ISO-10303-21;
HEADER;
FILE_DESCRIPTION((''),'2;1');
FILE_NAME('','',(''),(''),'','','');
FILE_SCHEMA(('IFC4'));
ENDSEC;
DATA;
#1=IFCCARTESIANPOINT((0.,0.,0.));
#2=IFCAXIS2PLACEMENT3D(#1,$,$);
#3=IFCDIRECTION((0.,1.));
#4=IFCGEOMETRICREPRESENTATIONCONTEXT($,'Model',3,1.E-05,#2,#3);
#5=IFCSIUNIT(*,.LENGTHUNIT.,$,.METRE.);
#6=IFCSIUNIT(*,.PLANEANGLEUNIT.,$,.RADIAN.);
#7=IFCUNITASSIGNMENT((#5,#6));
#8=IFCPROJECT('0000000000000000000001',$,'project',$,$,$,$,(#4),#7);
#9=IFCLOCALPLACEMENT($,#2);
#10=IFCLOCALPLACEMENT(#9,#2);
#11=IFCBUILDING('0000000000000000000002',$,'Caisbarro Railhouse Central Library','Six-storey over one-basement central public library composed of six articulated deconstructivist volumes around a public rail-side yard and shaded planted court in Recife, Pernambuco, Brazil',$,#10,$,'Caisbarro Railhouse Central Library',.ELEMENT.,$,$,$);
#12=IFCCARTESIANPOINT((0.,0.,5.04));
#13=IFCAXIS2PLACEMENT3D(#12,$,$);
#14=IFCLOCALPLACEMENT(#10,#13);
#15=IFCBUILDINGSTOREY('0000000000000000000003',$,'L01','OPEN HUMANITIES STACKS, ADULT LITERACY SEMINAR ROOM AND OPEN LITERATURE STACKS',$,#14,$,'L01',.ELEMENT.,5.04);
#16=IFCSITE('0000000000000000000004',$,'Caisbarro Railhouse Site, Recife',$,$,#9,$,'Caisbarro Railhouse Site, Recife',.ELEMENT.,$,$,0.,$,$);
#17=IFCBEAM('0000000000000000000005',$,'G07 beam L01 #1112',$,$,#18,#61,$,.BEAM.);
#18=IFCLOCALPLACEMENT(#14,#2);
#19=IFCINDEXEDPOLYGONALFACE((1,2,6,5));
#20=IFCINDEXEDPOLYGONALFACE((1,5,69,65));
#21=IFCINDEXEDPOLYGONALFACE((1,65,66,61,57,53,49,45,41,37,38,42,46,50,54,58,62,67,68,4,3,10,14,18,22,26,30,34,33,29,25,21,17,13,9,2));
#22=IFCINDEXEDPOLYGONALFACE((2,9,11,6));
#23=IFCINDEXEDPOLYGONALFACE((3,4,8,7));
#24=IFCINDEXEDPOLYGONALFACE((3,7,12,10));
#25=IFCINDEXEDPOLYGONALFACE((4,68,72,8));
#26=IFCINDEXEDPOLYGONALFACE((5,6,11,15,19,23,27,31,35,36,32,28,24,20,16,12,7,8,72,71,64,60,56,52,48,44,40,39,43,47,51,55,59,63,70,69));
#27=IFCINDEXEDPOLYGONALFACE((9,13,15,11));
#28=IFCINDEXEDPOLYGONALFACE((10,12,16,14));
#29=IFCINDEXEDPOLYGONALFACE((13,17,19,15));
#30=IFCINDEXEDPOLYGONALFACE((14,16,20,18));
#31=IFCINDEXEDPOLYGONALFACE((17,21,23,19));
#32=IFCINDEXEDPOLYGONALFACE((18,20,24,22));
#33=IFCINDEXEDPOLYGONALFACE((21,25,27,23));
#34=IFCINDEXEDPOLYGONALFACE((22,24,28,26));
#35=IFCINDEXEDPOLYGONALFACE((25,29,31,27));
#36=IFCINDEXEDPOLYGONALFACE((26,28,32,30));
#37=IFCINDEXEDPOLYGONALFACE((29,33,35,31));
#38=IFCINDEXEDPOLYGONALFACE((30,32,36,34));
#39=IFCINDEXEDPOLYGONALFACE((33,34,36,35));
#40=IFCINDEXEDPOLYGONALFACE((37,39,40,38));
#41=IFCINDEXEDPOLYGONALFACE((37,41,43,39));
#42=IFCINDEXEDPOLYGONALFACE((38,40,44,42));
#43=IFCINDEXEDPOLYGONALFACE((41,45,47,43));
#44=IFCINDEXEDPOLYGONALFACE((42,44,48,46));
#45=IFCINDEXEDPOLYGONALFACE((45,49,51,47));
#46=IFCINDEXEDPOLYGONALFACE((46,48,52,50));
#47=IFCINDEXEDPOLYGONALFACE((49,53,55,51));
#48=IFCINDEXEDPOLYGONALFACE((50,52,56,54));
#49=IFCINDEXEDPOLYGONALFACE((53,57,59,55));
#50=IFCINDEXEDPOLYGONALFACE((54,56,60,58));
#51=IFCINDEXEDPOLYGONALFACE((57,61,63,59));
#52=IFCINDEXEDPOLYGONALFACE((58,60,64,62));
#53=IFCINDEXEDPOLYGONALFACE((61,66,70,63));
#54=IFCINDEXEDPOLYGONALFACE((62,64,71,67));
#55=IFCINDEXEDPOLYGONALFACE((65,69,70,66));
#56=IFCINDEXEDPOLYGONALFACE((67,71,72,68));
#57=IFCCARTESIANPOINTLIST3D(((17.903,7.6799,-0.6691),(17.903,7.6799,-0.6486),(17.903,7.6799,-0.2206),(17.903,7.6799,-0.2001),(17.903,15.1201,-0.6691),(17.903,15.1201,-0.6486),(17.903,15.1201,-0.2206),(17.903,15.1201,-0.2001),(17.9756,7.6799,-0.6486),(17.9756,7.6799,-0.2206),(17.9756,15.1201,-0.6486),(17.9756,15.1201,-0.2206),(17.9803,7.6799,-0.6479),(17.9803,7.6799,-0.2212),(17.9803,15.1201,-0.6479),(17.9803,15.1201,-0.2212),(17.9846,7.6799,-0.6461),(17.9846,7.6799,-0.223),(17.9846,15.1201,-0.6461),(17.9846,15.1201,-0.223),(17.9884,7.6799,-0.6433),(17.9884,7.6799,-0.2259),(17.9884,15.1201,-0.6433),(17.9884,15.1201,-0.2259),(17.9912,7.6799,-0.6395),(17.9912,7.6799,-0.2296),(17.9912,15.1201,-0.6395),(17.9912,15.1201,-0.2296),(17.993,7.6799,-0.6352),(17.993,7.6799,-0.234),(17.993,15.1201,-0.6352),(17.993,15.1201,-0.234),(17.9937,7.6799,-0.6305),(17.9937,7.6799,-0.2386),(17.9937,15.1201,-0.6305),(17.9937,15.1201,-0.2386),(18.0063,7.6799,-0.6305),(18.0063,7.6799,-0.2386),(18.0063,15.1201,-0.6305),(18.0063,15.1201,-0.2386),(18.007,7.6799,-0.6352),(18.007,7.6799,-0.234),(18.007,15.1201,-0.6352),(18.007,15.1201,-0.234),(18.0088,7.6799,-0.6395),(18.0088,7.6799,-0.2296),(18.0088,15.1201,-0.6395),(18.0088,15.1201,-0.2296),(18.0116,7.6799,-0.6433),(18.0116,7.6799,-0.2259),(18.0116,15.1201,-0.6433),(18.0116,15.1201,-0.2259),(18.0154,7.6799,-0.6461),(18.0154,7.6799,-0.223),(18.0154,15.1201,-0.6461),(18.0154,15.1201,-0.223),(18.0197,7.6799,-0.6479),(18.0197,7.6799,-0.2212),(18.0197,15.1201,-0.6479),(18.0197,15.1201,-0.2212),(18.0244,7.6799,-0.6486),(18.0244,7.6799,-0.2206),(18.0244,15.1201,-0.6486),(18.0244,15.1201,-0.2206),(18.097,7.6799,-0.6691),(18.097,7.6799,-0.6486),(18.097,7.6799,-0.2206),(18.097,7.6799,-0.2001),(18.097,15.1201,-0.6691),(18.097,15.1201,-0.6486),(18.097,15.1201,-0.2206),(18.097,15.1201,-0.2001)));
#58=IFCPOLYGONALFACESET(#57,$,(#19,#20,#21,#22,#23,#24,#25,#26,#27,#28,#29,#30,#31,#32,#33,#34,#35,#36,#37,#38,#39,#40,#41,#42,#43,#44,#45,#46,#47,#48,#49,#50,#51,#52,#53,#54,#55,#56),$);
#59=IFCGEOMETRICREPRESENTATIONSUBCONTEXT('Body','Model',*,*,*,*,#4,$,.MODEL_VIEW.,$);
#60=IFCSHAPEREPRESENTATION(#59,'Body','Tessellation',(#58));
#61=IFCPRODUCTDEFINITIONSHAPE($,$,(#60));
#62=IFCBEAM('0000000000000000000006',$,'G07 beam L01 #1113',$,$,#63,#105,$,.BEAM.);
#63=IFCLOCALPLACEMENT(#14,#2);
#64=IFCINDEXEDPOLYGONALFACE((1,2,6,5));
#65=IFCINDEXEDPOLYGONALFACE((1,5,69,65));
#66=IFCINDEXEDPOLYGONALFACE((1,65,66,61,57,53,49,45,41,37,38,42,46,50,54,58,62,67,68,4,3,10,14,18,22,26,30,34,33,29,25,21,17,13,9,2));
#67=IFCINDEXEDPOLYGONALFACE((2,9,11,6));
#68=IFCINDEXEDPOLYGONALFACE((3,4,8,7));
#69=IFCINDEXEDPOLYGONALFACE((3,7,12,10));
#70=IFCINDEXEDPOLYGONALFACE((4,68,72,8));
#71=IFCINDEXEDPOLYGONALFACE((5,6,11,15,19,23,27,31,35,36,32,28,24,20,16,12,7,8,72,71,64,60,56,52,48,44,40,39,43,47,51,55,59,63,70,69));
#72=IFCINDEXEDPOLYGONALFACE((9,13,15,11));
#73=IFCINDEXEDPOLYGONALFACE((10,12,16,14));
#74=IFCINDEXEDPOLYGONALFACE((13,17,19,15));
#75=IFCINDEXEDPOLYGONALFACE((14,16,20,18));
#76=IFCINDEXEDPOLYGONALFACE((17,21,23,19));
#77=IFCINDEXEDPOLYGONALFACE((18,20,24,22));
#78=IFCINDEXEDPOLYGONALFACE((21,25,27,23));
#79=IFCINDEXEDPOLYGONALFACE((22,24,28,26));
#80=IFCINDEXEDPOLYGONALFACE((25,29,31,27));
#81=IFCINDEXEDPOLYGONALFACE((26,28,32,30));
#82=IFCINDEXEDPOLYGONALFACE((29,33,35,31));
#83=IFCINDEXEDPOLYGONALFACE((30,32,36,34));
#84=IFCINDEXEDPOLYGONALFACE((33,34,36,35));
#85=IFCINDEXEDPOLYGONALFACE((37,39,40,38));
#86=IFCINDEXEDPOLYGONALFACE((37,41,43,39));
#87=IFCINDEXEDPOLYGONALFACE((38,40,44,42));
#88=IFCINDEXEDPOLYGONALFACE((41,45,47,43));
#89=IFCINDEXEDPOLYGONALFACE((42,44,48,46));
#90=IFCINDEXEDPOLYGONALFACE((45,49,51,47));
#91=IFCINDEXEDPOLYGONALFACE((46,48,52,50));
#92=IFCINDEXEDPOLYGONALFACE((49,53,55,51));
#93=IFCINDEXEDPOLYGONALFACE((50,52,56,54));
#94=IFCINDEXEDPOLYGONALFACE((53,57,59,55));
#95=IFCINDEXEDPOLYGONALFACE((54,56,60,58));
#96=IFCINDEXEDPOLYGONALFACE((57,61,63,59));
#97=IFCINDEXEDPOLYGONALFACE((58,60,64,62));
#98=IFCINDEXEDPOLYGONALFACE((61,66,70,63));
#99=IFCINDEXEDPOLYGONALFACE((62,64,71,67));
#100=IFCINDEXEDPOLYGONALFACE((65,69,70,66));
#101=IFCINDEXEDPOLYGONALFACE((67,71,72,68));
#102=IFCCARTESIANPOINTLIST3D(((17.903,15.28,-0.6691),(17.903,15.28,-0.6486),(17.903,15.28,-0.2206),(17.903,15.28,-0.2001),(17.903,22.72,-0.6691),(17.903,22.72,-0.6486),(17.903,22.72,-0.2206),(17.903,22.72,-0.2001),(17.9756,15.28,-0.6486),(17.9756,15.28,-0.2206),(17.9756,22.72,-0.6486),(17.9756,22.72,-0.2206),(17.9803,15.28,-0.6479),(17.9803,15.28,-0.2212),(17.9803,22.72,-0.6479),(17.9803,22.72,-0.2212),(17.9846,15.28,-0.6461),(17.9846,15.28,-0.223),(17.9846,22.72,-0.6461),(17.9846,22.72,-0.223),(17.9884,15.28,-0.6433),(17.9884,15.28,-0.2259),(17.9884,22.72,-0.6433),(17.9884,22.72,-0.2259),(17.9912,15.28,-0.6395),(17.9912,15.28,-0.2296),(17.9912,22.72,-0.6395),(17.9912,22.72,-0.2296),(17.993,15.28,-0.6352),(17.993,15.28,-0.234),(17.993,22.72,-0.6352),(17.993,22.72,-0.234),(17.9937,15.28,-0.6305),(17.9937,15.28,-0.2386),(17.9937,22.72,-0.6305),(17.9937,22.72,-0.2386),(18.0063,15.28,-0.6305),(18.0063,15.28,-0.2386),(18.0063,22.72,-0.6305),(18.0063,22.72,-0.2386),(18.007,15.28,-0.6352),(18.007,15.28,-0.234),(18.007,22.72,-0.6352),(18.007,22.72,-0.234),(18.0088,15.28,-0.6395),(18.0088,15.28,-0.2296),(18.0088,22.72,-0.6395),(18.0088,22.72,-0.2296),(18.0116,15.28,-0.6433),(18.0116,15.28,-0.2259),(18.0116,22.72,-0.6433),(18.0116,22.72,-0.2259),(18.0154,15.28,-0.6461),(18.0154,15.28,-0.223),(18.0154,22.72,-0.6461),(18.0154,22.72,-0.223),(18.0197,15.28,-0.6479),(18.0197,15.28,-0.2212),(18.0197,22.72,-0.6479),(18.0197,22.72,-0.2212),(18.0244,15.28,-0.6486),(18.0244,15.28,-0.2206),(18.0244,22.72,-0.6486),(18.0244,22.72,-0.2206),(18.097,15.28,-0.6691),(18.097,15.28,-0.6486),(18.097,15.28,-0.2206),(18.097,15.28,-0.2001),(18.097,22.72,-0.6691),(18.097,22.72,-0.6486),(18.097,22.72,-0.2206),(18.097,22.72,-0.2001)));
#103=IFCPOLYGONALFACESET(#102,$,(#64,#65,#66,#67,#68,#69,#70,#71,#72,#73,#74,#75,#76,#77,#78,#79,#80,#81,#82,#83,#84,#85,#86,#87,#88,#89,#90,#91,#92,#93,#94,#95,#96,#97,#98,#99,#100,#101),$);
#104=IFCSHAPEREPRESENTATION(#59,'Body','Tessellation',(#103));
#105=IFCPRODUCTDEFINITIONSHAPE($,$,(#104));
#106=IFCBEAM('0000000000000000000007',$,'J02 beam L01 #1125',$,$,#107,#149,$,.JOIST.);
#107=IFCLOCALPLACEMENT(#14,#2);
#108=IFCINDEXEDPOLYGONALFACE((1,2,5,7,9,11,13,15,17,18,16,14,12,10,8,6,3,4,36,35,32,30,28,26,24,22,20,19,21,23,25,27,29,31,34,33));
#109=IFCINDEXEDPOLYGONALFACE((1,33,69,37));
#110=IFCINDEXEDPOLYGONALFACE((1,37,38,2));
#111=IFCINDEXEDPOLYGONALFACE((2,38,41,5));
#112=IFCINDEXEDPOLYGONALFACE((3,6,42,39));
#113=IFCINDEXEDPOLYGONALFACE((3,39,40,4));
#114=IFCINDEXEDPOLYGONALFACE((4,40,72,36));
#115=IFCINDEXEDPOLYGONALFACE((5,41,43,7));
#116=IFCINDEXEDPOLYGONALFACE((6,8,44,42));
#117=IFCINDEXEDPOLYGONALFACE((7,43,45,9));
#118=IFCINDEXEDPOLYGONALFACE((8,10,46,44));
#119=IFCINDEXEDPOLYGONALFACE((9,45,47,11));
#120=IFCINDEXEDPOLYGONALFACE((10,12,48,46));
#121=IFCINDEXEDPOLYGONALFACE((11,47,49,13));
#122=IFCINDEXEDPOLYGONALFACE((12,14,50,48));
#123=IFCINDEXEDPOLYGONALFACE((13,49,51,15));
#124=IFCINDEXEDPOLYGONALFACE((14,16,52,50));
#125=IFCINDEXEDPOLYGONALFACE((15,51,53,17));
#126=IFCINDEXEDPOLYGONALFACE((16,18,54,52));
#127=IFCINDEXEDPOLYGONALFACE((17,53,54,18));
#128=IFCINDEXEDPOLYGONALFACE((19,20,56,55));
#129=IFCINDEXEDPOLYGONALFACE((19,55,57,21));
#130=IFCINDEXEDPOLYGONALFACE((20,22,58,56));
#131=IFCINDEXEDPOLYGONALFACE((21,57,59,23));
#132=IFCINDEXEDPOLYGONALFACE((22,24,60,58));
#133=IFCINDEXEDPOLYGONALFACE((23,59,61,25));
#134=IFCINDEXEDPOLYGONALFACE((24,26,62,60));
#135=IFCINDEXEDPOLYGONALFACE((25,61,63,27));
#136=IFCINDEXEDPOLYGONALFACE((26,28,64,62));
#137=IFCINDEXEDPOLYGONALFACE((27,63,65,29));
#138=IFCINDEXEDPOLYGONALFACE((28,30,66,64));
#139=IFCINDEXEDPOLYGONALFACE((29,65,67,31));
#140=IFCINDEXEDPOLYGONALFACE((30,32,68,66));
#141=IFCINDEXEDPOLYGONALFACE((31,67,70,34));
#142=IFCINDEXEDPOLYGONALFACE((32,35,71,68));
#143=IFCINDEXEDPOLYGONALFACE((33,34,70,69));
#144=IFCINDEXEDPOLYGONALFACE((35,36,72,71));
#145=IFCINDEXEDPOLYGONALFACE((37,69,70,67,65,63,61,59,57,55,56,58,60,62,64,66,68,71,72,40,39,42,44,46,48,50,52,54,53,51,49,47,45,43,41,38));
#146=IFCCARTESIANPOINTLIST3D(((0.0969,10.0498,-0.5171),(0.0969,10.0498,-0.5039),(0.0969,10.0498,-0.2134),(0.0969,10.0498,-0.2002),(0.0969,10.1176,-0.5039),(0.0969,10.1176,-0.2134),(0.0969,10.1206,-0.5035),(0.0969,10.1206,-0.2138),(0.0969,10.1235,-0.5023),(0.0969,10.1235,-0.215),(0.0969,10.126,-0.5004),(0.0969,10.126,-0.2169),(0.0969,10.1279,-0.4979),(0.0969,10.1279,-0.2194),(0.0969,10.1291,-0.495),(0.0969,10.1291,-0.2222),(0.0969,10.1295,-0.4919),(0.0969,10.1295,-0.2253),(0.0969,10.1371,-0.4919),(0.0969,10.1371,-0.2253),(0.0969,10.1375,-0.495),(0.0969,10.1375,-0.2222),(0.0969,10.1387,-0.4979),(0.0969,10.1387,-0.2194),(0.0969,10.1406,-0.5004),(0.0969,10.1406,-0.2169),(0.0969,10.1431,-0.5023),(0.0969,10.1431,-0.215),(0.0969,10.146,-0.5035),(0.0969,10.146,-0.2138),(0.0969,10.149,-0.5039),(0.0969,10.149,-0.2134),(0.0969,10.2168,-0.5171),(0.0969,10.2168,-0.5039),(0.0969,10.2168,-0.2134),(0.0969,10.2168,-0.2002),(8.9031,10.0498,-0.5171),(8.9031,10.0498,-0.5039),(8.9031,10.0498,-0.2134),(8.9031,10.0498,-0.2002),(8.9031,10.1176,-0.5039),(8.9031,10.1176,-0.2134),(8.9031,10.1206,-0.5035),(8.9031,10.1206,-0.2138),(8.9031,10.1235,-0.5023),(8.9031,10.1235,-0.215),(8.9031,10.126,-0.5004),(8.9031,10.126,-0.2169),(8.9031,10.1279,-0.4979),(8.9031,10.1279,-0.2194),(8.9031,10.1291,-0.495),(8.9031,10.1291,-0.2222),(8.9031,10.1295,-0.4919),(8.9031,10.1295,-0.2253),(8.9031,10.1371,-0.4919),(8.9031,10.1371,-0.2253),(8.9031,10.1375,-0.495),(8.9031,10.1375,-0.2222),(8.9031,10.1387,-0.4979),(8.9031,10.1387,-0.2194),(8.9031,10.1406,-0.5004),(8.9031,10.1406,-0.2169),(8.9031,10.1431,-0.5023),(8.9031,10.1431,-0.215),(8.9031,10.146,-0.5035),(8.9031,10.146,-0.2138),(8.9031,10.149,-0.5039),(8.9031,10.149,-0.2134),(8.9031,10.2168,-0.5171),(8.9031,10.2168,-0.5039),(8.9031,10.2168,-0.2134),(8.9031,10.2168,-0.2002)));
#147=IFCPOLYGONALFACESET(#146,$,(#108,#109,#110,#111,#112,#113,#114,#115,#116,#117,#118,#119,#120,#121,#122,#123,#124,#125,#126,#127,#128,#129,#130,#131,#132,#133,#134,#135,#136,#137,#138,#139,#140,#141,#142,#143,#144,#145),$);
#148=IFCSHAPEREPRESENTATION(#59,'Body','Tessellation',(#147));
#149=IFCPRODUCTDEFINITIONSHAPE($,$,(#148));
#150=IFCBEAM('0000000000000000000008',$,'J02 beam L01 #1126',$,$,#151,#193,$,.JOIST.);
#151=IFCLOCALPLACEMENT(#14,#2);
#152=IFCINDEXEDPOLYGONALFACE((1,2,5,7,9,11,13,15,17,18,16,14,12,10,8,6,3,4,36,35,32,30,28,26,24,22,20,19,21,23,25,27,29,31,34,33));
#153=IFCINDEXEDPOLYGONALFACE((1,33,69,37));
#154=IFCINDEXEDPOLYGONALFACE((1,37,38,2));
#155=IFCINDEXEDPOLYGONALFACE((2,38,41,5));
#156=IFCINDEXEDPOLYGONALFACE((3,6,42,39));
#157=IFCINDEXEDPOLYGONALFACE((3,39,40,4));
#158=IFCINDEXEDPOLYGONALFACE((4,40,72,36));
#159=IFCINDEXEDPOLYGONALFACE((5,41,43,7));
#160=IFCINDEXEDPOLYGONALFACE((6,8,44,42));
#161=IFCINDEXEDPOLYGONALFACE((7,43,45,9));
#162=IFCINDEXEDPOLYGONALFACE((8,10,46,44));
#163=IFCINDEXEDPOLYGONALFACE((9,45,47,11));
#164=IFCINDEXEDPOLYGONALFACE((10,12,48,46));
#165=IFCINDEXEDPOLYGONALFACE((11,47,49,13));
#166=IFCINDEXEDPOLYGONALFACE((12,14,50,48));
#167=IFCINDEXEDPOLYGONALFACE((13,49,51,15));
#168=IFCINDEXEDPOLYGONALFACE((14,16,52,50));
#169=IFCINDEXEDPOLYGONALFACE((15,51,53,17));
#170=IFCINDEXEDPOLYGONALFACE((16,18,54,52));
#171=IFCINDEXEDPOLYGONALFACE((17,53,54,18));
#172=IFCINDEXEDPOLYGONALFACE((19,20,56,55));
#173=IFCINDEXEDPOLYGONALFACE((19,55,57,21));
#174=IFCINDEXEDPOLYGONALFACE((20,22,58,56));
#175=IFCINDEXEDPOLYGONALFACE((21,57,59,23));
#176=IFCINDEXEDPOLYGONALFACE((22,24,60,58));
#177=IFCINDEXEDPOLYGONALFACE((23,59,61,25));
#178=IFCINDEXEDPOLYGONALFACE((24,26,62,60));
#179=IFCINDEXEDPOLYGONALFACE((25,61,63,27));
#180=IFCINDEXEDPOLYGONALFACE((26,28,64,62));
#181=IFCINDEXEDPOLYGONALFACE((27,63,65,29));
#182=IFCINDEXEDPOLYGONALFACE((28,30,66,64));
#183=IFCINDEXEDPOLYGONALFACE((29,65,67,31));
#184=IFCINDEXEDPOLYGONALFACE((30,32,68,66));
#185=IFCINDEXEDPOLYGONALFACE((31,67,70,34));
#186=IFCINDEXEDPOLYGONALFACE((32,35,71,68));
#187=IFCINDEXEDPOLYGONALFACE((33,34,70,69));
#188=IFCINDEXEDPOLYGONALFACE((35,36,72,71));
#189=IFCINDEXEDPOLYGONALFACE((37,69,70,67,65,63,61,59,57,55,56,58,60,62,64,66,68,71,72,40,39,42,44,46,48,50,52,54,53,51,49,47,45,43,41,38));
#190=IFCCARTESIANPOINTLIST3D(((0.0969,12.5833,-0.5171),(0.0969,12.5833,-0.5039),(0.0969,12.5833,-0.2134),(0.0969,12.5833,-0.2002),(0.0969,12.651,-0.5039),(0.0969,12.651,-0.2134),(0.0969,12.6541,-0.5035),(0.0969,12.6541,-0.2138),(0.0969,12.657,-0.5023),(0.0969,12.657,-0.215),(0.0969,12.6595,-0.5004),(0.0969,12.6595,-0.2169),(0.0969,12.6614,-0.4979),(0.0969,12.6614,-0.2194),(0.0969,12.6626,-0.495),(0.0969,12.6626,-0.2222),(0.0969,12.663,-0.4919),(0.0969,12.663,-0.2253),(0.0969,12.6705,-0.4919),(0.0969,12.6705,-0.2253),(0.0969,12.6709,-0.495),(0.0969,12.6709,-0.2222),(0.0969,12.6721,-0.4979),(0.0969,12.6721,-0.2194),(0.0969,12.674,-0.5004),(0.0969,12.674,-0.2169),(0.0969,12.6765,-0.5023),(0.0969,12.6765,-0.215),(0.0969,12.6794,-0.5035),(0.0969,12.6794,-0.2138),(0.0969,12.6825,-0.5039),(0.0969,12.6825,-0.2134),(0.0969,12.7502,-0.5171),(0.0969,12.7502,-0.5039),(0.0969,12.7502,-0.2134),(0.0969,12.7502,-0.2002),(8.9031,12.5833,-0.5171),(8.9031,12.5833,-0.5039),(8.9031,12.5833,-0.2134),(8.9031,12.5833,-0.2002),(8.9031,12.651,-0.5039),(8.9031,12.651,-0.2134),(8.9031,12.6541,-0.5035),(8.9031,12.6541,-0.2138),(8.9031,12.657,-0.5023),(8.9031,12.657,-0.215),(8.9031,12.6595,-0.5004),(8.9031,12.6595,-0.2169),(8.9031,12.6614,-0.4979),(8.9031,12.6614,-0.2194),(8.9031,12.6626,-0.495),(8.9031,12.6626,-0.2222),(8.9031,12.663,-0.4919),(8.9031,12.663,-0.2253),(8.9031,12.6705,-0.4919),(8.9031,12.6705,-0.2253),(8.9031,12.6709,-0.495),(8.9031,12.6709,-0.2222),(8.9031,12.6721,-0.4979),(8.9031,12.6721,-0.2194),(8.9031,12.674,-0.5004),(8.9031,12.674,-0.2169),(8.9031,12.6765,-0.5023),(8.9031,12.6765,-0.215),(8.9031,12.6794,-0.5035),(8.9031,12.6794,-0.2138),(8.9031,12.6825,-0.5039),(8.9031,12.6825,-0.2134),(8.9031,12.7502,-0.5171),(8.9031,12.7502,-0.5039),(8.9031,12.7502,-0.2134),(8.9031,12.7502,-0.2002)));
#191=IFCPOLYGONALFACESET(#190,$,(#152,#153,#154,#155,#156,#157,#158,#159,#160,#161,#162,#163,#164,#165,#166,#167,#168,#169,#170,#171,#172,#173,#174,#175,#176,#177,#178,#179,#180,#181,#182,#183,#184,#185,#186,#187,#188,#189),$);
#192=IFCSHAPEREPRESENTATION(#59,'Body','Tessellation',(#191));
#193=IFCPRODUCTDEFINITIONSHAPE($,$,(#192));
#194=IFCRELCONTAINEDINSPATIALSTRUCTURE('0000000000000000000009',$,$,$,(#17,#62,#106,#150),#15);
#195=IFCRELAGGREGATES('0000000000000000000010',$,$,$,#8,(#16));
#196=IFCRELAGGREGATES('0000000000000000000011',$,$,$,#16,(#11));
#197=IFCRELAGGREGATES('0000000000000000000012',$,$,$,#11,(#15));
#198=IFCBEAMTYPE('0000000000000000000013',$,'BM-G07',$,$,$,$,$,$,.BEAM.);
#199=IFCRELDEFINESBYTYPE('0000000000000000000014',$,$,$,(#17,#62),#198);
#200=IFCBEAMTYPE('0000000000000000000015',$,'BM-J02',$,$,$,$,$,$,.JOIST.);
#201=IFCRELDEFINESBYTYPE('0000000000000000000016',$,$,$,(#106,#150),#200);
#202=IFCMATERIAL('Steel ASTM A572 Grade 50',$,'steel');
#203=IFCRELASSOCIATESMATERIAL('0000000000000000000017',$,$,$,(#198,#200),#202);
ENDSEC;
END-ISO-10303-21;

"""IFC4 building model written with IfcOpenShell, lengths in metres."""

from ifc_helpers import new_model, si_unit, direction, frame, origin, origin_2d, place, context, subcontext, project, spatial, i_section, extrude, material, material_profile, profile_set, type_object, element, save


model = new_model("IFC4")

# Units and contexts
model_context = context("Model", 3, precision=1e-05, world=origin(), true_north=direction((0.0, 1.0)))
body_context = subcontext(model_context, "Body", "Model", "MODEL_VIEW")
ifc_project = project(units=[si_unit("LENGTHUNIT", "METRE"), si_unit("PLANEANGLEUNIT", "RADIAN")], contexts=[model_context])

# Site, building, storey
site_placement = place(None, origin())
site = spatial("IfcSite", under=ifc_project, at=site_placement, Name="Caisbarro Railhouse Site, Recife", LongName="Caisbarro Railhouse Site, Recife", CompositionType="ELEMENT", RefElevation=0.0)
building_placement = place(site_placement, origin())
building = spatial("IfcBuilding", under=site, at=building_placement, Name="Caisbarro Railhouse Central Library", Description="Six-storey over one-basement central public library composed of six articulated deconstructivist volumes around a public rail-side yard and shaded planted court in Recife, Pernambuco, Brazil", LongName="Caisbarro Railhouse Central Library", CompositionType="ELEMENT")
storey_placement = place(building_placement, frame((0.0, 0.0, 5.04)))
storey = spatial("IfcBuildingStorey", under=building, at=storey_placement, Name="L01", Description="OPEN HUMANITIES STACKS, ADULT LITERACY SEMINAR ROOM AND OPEN LITERATURE STACKS", LongName="L01", CompositionType="ELEMENT", Elevation=5.04)

# Shared definitions
ifc_material_1 = material(Name="Steel ASTM A572 Grade 50", Category="steel")

# Beams
ifc_material_profile_1 = material_profile(ifc_material_1, i_section(OverallWidth=0.1941, OverallDepth=0.469, WebThickness=0.0127, FlangeThickness=0.0205, FilletRadius=0.0181, at=origin_2d()), Name="W460X106.0")
ifc_profile_set_1 = profile_set([ifc_material_profile_1], Name="Steel ASTM A572 Grade 50")
beam_type_1 = type_object("IfcBeamType", Name="BM-G07", PredefinedType="BEAM", material=ifc_profile_set_1)
beam_1_placement = place(storey_placement, frame((18.0, 7.6799, -0.4346), z_axis=(0.0, 1.0, 0.0), x_axis=(-1.0, 0.0, 0.0)))
element("IfcBeam", 1, at=beam_1_placement, inside=storey, type_object=beam_type_1, Name="G07 beam L01 #1112", PredefinedType="BEAM", context=body_context, shape_type="SweptSolid", body=[
    extrude(i_section(OverallWidth=0.1941, OverallDepth=0.469, WebThickness=0.0127, FlangeThickness=0.0205, FilletRadius=0.0181, at=origin_2d()), origin(), (0.0, 0.0, 1.0), 7.4402),
])
beam_2_placement = place(storey_placement, frame((18.0, 15.28, -0.4346), z_axis=(0.0, 1.0, 0.0), x_axis=(-1.0, 0.0, 0.0)))
element("IfcBeam", 2, at=beam_2_placement, inside=storey, type_object=beam_type_1, Name="G07 beam L01 #1113", PredefinedType="BEAM", context=body_context, shape_type="SweptSolid", body=[
    extrude(i_section(OverallWidth=0.1941, OverallDepth=0.469, WebThickness=0.0127, FlangeThickness=0.0205, FilletRadius=0.0181, at=origin_2d()), origin(), (0.0, 0.0, 1.0), 7.4399),
])
ifc_material_profile_2 = material_profile(ifc_material_1, i_section(OverallWidth=0.167, OverallDepth=0.3169, WebThickness=0.0076, FlangeThickness=0.0132, FilletRadius=0.012, at=origin_2d()), Name="W310X52.0")
ifc_profile_set_2 = profile_set([ifc_material_profile_2], Name="Steel ASTM A572 Grade 50")
beam_type_2 = type_object("IfcBeamType", Name="BM-J02", PredefinedType="JOIST", material=ifc_profile_set_2)
for number, where, z_axis, x_axis, name in (
    (3, (0.0969, 10.1333, -0.3586), (1.0, 0.0, 0.0), (0.0, 1.0, 0.0), "J02 beam L01 #1125"),
    (4, (0.0969, 12.6667, -0.3586), (1.0, 0.0, 0.0), (0.0, 1.0, 0.0), "J02 beam L01 #1126"),
):
    element("IfcBeam", number, at=place(storey_placement, frame(where, z_axis=z_axis, x_axis=x_axis)), inside=storey, type_object=beam_type_2, Name=name, PredefinedType="JOIST", context=body_context, shape_type="SweptSolid", body=[
        extrude(i_section(OverallWidth=0.167, OverallDepth=0.3169, WebThickness=0.0076, FlangeThickness=0.0132, FilletRadius=0.012, at=origin_2d()), origin(), (0.0, 0.0, 1.0), 8.8062),
    ])

save(model, "model.ifc")
